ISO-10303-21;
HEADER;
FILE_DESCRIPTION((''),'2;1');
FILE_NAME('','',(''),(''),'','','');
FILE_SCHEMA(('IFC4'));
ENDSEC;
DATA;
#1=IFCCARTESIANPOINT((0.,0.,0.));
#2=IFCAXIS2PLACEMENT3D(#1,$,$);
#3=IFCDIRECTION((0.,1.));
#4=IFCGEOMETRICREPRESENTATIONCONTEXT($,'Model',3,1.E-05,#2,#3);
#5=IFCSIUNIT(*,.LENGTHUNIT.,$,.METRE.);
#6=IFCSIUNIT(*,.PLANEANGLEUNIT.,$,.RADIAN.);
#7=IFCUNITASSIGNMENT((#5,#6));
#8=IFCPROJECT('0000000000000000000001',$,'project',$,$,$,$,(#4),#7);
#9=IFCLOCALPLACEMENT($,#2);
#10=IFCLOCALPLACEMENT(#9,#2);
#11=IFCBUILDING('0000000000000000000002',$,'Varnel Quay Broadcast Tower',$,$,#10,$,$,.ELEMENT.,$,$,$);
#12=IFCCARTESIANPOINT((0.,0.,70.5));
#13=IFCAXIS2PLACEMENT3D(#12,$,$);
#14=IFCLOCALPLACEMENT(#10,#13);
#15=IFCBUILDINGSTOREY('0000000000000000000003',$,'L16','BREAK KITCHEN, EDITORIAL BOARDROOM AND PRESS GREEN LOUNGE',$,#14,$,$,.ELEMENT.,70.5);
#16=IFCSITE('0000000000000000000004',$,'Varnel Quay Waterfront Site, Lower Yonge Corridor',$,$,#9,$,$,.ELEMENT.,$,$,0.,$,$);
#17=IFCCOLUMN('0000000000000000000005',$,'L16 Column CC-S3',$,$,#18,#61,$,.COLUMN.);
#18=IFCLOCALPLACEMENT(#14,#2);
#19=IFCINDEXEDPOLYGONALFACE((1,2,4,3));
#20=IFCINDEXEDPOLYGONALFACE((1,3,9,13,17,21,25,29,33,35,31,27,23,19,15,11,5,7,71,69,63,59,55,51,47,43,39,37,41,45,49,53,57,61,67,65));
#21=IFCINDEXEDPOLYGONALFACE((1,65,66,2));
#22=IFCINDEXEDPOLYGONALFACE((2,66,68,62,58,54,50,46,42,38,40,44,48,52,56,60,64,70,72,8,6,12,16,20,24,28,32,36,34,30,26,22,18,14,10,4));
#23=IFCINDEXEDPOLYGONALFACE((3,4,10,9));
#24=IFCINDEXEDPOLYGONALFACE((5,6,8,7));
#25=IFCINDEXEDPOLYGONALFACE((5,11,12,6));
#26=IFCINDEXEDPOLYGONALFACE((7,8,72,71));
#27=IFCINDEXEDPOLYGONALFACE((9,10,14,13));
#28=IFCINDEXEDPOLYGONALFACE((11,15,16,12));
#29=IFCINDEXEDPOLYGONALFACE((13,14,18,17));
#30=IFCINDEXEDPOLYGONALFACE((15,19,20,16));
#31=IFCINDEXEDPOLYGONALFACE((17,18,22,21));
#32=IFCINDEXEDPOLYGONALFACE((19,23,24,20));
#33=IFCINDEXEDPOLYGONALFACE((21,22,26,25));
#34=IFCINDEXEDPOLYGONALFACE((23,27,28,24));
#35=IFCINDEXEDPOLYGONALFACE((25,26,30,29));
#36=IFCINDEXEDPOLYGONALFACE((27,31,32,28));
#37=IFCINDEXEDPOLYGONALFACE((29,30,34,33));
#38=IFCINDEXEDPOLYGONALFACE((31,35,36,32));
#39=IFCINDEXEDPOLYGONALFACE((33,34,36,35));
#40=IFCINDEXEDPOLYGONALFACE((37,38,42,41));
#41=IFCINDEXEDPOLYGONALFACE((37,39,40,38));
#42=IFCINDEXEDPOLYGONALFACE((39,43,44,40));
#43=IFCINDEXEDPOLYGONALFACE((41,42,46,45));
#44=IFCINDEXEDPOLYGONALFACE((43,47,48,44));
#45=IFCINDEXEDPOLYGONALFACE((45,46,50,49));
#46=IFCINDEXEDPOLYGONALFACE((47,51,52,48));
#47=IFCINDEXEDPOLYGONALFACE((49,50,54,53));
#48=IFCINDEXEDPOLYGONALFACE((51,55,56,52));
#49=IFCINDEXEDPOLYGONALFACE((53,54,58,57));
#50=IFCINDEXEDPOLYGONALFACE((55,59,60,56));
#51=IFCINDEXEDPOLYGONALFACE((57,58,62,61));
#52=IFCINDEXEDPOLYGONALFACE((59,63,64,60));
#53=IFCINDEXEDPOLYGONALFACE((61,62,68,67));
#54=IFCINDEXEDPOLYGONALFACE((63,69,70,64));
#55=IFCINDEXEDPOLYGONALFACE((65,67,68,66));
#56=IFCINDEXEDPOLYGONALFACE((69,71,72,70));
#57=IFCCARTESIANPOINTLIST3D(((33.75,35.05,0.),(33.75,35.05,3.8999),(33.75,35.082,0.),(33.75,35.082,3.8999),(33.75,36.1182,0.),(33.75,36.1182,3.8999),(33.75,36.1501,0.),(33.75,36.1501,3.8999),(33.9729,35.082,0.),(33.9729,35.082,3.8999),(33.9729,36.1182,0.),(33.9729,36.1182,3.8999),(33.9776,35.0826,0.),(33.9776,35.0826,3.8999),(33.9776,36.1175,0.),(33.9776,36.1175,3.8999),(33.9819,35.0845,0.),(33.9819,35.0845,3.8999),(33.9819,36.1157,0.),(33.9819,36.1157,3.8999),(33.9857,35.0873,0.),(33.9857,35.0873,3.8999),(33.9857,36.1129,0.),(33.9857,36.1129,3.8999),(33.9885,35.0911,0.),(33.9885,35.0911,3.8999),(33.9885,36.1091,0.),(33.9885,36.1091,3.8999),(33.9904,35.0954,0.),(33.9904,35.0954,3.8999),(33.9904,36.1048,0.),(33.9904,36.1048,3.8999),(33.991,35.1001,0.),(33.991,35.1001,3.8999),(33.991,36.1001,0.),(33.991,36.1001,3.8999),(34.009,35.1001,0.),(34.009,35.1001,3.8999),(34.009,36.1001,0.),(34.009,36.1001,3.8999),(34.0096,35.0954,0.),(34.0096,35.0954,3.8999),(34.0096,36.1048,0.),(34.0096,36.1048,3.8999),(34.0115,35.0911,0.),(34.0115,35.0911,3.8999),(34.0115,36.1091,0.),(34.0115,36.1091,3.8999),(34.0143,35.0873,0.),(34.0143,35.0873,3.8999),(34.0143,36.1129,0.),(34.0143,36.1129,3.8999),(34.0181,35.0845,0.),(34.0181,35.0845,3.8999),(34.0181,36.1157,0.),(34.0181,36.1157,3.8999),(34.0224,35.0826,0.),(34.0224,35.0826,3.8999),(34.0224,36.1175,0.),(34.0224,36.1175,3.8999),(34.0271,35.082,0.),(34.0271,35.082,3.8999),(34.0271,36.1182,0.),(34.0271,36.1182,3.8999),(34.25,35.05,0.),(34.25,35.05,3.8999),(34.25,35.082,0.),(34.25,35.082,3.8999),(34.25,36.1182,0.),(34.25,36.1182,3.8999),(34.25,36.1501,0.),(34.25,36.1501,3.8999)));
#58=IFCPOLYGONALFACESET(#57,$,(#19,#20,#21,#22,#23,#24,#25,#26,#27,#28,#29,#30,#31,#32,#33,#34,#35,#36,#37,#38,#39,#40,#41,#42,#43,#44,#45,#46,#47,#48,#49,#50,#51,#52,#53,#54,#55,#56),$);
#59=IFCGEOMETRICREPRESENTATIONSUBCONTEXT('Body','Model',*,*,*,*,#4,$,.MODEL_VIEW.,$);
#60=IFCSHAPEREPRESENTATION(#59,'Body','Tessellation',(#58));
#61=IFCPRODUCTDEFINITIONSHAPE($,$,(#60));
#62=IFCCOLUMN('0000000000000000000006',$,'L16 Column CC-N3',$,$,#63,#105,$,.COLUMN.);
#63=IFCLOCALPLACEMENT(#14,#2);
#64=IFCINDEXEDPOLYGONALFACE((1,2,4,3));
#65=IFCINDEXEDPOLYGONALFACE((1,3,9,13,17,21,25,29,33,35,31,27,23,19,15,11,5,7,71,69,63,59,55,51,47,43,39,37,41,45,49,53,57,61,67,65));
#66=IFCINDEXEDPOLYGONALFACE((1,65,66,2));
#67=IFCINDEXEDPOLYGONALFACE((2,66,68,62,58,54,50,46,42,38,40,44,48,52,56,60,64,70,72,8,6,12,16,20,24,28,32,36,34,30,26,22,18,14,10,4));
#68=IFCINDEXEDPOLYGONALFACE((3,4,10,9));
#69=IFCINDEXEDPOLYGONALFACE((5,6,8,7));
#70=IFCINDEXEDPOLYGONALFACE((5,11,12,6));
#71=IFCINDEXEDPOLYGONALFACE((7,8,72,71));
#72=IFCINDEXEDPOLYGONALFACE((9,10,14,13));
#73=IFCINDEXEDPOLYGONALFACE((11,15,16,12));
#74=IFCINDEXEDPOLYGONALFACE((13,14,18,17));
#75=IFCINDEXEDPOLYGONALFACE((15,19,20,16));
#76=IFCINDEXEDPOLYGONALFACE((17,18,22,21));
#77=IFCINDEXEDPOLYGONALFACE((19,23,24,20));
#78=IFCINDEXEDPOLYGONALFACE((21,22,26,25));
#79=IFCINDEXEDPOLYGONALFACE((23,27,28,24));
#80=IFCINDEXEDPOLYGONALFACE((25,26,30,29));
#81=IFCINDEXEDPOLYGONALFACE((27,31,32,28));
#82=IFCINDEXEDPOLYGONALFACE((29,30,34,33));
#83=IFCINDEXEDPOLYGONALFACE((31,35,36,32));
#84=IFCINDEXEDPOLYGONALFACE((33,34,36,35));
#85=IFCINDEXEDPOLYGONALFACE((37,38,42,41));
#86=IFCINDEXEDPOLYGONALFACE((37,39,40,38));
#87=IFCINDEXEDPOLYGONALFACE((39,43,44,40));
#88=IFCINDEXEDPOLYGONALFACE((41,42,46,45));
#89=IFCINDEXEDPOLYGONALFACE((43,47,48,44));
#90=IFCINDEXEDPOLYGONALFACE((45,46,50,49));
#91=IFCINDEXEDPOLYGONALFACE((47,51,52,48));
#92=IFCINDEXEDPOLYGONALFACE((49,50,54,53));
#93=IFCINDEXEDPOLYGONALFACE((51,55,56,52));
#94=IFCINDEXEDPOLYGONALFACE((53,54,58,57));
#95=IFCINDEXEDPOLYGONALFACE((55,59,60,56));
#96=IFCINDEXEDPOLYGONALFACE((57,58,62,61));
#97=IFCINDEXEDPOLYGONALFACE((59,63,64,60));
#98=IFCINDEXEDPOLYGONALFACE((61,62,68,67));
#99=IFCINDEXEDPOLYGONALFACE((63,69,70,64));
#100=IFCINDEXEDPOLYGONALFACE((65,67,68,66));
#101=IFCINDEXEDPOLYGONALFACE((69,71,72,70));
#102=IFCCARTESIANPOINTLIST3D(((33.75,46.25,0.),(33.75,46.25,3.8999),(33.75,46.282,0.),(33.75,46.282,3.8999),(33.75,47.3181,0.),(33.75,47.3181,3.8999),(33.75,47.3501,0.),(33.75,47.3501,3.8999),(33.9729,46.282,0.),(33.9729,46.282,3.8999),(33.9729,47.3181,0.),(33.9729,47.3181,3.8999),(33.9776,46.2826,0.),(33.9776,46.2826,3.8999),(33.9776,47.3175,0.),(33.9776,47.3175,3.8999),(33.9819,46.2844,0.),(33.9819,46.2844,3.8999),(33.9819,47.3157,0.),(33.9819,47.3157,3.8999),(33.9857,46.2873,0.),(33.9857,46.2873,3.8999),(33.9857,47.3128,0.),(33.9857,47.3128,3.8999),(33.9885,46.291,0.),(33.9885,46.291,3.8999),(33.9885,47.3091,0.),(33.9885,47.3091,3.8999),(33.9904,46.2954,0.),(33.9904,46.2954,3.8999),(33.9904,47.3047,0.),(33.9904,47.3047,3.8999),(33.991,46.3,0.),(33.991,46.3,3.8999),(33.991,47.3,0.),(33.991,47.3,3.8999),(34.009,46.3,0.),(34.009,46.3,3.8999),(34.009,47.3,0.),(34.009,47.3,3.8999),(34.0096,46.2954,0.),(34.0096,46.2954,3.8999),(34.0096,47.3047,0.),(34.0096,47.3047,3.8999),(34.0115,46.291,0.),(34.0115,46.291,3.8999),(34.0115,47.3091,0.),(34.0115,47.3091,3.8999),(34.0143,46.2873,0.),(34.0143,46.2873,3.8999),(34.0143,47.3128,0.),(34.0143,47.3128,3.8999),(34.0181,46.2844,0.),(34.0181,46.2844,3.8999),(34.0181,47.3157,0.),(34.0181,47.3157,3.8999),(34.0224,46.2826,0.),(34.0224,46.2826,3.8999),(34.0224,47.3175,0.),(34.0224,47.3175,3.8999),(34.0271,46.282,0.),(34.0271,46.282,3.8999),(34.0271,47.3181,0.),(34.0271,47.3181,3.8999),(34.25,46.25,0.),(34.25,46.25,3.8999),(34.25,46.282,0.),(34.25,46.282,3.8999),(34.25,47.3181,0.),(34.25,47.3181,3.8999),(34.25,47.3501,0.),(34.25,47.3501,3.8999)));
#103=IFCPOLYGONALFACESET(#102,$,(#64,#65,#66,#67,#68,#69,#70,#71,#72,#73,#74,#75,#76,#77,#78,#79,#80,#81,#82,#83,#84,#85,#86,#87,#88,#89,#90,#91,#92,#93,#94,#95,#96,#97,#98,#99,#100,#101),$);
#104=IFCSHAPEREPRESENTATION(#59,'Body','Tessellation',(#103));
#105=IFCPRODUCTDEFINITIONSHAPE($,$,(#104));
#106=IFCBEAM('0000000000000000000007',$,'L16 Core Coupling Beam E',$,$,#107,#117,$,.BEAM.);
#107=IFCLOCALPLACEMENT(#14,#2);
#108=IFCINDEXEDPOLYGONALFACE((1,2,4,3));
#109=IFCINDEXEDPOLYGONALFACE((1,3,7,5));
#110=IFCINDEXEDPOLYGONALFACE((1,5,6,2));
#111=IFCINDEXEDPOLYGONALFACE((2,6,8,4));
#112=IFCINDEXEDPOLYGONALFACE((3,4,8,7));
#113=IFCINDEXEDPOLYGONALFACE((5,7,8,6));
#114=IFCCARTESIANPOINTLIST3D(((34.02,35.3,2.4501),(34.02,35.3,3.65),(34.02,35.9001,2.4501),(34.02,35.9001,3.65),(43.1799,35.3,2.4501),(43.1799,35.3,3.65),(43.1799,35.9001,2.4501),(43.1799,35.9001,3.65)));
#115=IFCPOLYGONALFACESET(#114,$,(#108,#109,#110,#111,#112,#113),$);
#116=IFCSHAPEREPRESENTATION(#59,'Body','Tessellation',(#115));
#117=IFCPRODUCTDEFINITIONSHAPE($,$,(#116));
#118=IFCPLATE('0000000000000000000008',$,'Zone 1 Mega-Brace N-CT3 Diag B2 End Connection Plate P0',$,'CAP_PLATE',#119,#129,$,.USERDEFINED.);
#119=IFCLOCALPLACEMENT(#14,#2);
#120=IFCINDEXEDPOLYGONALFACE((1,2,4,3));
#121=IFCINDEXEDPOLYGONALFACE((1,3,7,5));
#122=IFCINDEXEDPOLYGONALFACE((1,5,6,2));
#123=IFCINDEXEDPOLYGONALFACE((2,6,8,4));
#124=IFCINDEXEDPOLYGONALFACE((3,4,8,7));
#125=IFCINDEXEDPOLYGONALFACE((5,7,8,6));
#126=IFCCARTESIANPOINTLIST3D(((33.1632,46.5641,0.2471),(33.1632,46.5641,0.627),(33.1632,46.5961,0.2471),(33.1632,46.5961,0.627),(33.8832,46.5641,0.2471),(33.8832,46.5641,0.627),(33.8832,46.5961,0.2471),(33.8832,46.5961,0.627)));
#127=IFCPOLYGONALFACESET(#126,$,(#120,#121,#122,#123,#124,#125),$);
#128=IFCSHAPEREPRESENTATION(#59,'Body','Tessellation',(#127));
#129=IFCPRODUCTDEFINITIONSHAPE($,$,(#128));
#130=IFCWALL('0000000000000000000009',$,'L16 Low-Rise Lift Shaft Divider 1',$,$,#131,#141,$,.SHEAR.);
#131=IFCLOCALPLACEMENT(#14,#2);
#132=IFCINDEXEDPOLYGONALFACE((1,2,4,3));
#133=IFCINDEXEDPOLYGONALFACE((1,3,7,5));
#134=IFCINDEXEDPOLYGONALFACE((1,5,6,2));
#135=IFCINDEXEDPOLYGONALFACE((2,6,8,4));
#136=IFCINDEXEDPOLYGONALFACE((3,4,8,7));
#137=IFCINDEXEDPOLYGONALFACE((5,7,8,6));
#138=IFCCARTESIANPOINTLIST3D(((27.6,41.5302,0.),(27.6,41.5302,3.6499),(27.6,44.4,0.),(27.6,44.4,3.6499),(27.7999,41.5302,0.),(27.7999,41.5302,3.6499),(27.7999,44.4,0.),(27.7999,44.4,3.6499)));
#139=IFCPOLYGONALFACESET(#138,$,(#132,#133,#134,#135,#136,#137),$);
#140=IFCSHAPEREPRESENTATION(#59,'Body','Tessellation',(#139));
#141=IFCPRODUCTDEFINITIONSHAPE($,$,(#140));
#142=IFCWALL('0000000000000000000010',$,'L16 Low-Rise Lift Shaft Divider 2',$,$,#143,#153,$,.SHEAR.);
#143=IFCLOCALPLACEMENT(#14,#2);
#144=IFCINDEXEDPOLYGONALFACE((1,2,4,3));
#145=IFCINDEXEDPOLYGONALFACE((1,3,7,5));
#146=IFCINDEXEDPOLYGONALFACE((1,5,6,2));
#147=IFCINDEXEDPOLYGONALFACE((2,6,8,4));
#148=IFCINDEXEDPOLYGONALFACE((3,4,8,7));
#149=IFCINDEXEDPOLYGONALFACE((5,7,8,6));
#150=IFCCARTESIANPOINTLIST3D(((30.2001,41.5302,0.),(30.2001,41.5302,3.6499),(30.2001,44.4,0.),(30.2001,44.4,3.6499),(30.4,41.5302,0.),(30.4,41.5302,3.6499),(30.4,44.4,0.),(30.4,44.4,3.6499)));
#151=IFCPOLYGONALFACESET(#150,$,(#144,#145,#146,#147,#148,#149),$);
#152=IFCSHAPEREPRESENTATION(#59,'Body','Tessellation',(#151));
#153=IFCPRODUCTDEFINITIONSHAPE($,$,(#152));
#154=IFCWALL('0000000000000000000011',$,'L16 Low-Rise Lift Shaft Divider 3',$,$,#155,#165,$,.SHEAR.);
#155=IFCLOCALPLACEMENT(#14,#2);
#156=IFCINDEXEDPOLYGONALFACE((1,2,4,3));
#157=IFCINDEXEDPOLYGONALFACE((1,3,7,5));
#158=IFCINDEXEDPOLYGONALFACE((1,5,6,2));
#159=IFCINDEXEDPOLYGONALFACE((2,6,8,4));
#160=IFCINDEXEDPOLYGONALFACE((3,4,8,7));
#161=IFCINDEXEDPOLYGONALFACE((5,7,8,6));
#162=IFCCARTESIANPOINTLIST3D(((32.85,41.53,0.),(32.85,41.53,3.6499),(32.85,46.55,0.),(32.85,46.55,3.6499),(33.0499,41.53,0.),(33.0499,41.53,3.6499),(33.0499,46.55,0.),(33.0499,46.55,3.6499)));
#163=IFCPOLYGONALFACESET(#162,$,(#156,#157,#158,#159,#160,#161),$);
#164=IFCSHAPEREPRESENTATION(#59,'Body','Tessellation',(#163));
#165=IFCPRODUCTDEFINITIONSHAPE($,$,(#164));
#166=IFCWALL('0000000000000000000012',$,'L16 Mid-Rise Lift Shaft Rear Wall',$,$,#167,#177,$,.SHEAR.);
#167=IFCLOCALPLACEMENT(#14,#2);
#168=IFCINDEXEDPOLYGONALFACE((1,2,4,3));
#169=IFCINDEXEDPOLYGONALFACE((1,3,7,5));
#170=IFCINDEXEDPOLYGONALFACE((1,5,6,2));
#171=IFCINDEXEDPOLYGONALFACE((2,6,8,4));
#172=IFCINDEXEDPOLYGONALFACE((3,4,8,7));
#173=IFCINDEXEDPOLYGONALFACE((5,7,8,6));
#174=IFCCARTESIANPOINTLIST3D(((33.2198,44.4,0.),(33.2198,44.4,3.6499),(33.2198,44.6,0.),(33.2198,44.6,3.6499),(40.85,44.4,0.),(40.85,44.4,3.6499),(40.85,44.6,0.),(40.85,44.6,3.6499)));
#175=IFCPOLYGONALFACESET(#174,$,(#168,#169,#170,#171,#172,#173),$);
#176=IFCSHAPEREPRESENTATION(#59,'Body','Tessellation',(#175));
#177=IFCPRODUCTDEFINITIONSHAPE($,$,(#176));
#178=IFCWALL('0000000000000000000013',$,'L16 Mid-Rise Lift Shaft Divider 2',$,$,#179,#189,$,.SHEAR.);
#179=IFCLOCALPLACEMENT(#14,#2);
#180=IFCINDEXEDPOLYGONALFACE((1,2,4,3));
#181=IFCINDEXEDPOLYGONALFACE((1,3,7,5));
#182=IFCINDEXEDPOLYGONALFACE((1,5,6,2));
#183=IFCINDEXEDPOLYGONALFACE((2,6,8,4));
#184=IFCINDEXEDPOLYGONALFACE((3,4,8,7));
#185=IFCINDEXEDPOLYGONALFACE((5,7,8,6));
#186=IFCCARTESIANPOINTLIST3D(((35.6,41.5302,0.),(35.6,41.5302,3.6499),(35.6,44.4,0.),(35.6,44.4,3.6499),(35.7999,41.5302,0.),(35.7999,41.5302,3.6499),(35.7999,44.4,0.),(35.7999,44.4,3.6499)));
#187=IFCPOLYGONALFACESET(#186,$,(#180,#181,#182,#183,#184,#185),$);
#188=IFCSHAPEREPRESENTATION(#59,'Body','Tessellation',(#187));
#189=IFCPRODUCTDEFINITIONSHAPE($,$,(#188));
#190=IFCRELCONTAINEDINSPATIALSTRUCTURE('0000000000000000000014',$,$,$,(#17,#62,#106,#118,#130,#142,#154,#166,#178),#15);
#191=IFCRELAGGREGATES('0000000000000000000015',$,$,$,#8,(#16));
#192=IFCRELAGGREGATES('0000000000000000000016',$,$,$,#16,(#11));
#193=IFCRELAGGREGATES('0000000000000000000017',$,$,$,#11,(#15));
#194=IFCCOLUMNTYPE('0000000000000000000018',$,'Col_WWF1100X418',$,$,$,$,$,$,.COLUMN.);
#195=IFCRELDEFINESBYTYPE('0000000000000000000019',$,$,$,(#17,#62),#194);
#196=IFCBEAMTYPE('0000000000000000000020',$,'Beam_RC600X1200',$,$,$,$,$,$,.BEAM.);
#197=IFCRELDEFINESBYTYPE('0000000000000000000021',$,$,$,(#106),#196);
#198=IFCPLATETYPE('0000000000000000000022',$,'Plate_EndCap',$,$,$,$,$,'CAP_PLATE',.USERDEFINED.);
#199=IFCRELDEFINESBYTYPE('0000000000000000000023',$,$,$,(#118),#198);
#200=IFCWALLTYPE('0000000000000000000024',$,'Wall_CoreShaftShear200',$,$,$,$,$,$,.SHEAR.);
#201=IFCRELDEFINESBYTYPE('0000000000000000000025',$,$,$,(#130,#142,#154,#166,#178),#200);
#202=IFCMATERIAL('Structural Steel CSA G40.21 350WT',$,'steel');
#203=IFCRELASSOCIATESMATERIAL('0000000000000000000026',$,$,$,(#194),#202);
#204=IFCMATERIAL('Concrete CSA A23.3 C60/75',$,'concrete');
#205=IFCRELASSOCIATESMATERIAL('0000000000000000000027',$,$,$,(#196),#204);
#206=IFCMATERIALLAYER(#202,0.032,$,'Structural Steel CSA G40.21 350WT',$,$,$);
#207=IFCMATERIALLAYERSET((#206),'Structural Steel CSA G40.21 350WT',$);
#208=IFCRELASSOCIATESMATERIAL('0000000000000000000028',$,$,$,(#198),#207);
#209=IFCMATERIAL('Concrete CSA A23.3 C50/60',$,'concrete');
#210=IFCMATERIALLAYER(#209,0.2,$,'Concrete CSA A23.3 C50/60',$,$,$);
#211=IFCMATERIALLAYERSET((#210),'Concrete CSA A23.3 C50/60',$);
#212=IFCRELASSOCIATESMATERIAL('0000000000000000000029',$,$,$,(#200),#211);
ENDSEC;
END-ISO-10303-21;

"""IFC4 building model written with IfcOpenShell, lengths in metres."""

from ifc_helpers import new_model, si_unit, direction, frame, frame_2d, origin, origin_2d, place, context, subcontext, project, spatial, rectangle, i_section, extrude, source, transform, mapped, material, layer, layer_set, material_profile, profile_set, type_object, type_shapes, element, save


model = new_model("IFC4")

# Units and contexts
model_context = context("Model", 3, precision=1e-05, world=origin(), true_north=direction((0.0, 1.0)))
body_context = subcontext(model_context, "Body", "Model", "MODEL_VIEW")
ifc_project = project(units=[si_unit("LENGTHUNIT", "METRE"), si_unit("PLANEANGLEUNIT", "RADIAN")], contexts=[model_context])

# Site, building, storey
site_placement = place(None, origin())
site = spatial("IfcSite", under=ifc_project, at=site_placement, Name="Varnel Quay Waterfront Site, Lower Yonge Corridor", CompositionType="ELEMENT", RefElevation=0.0)
building_placement = place(site_placement, origin())
building = spatial("IfcBuilding", under=site, at=building_placement, Name="Varnel Quay Broadcast Tower", CompositionType="ELEMENT")
storey_placement = place(building_placement, frame((0.0, 0.0, 70.5)))
storey = spatial("IfcBuildingStorey", under=building, at=storey_placement, Name="L16", Description="BREAK KITCHEN, EDITORIAL BOARDROOM AND PRESS GREEN LOUNGE", CompositionType="ELEMENT", Elevation=70.5)

# Columns
ifc_material_1 = material(Name="Structural Steel CSA G40.21 350WT", Category="steel")
ifc_material_profile_1 = material_profile(ifc_material_1, i_section(OverallWidth=0.5, OverallDepth=1.1001, WebThickness=0.0181, FlangeThickness=0.032, FilletRadius=0.0181, at=origin_2d()), Name="WWF1100X418")
ifc_profile_set_1 = profile_set([ifc_material_profile_1], Name="Structural Steel CSA G40.21 350WT")
column_type = type_object("IfcColumnType", Name="Col_WWF1100X418", PredefinedType="COLUMN", material=ifc_profile_set_1)
shared_shape_1 = source(origin(), body_context, "Body", "SweptSolid", [
    extrude(i_section(OverallWidth=0.5, OverallDepth=1.1001, WebThickness=0.0181, FlangeThickness=0.032, FilletRadius=0.0181, at=origin_2d()), origin(), (0.0, 0.0, 1.0), 3.8999),
])
type_shapes(column_type, [shared_shape_1])
for number, where, z_axis, x_axis, name in (
    (1, (34.0, 35.6001, 0.0), (0.0, 0.0, 1.0), (1.0, 0.0, 0.0), "L16 Column CC-S3"),
    (2, (34.0, 46.8, 0.0), (0.0, 0.0, 1.0), (1.0, 0.0, 0.0), "L16 Column CC-N3"),
):
    element("IfcColumn", number, at=place(storey_placement, frame(where, z_axis=z_axis, x_axis=x_axis)), inside=storey, type_object=column_type, Name=name, PredefinedType="COLUMN", context=body_context, shape_type="MappedRepresentation", body=[
        mapped(shared_shape_1, transform((0.0, 0.0, 0.0), x_axis=(1.0, 0.0, 0.0), y_axis=(0.0, 1.0, 0.0), z_axis=(0.0, 0.0, 1.0), scale=1.0)),
    ])

# Beam
ifc_material_2 = material(Name="Concrete CSA A23.3 C60/75", Category="concrete")
ifc_material_profile_2 = material_profile(ifc_material_2, rectangle(XDim=0.6001, YDim=1.2, at=origin_2d()), Name="RC600X1200")
ifc_profile_set_2 = profile_set([ifc_material_profile_2], Name="Concrete CSA A23.3 C60/75")
beam_type = type_object("IfcBeamType", Name="Beam_RC600X1200", PredefinedType="BEAM", material=ifc_profile_set_2)
shared_shape_2 = source(origin(), body_context, "Body", "SweptSolid", [
    extrude(rectangle(XDim=0.6001, YDim=1.2, at=origin_2d()), origin(), (0.0, 0.0, 1.0), 9.1599),
])
type_shapes(beam_type, [shared_shape_2])
beam_placement = place(storey_placement, frame((34.02, 35.6001, 3.05), z_axis=(1.0, 0.0, 0.0), x_axis=(0.0, 1.0, 0.0)))
element("IfcBeam", 3, at=beam_placement, inside=storey, type_object=beam_type, Name="L16 Core Coupling Beam E", PredefinedType="BEAM", context=body_context, shape_type="MappedRepresentation", body=[
    mapped(shared_shape_2, transform((0.0, 0.0, 0.0), x_axis=(1.0, 0.0, 0.0), y_axis=(0.0, 1.0, 0.0), z_axis=(0.0, 0.0, 1.0), scale=1.0)),
])

# Plate
ifc_layer_1 = layer(ifc_material_1, 0.032, Name="Structural Steel CSA G40.21 350WT")
ifc_layer_set_1 = layer_set([ifc_layer_1], Name="Structural Steel CSA G40.21 350WT")
plate_type = type_object("IfcPlateType", Name="Plate_EndCap", ElementType="CAP_PLATE", PredefinedType="USERDEFINED", material=ifc_layer_set_1)
shared_shape_3 = source(origin(), body_context, "Body", "SweptSolid", [
    extrude(rectangle(XDim=0.72, YDim=0.032, at=origin_2d()), origin(), (0.0, 0.0, 1.0), 0.3799),
])
type_shapes(plate_type, [shared_shape_3])
plate_placement = place(storey_placement, frame((33.5232, 46.5801, 0.2471), z_axis=(0.0, 0.0, 1.0), x_axis=(1.0, 0.0, 0.0)))
element("IfcPlate", 4, at=plate_placement, inside=storey, type_object=plate_type, Name="Zone 1 Mega-Brace N-CT3 Diag B2 End Connection Plate P0", ObjectType="CAP_PLATE", PredefinedType="USERDEFINED", context=body_context, shape_type="MappedRepresentation", body=[
    mapped(shared_shape_3, transform((0.0, 0.0, 0.0), x_axis=(1.0, 0.0, 0.0), y_axis=(0.0, 1.0, 0.0), z_axis=(0.0, 0.0, 1.0), scale=1.0)),
])

# Walls
ifc_material_3 = material(Name="Concrete CSA A23.3 C50/60", Category="concrete")
ifc_layer_2 = layer(ifc_material_3, 0.2, Name="Concrete CSA A23.3 C50/60")
ifc_layer_set_2 = layer_set([ifc_layer_2], Name="Concrete CSA A23.3 C50/60")
wall_type_1 = type_object("IfcWallType", Name="Wall_CoreShaftShear200", PredefinedType="SHEAR", material=ifc_layer_set_2)
for number, where, z_axis, x_axis, name in (
    (5, (27.7, 41.53, 0.0), (0.0, 0.0, 1.0), (0.0, 1.0, 0.0), "L16 Low-Rise Lift Shaft Divider 1"),
    (6, (30.3, 41.53, 0.0), (0.0, 0.0, 1.0), (0.0, 1.0, 0.0), "L16 Low-Rise Lift Shaft Divider 2"),
):
    element("IfcWall", number, at=place(storey_placement, frame(where, z_axis=z_axis, x_axis=x_axis)), inside=storey, type_object=wall_type_1, Name=name, PredefinedType="SHEAR", context=body_context, shape_type="SweptSolid", body=[
        extrude(rectangle(XDim=2.8699, YDim=0.2, at=frame_2d((1.4351, 0.0))), origin(), (0.0, 0.0, 1.0), 3.6499),
    ])
wall_1_placement = place(storey_placement, frame((32.95, 41.53, 0.0), z_axis=(0.0, 0.0, 1.0), x_axis=(0.0, 1.0, 0.0)))
element("IfcWall", 7, at=wall_1_placement, inside=storey, type_object=wall_type_1, Name="L16 Low-Rise Lift Shaft Divider 3", PredefinedType="SHEAR", context=body_context, shape_type="SweptSolid", body=[
    extrude(rectangle(XDim=5.02, YDim=0.2, at=frame_2d((2.51, 0.0))), origin(), (0.0, 0.0, 1.0), 3.6499),
])
wall_2_placement = place(storey_placement, frame((33.22, 44.5, 0.0), z_axis=(0.0, 0.0, 1.0), x_axis=(1.0, 0.0, 0.0)))
element("IfcWall", 8, at=wall_2_placement, inside=storey, type_object=wall_type_1, Name="L16 Mid-Rise Lift Shaft Rear Wall", PredefinedType="SHEAR", context=body_context, shape_type="SweptSolid", body=[
    extrude(rectangle(XDim=7.6301, YDim=0.2, at=frame_2d((3.8149, 0.0))), origin(), (0.0, 0.0, 1.0), 3.6499),
])
wall_3_placement = place(storey_placement, frame((35.7, 41.53, 0.0), z_axis=(0.0, 0.0, 1.0), x_axis=(0.0, 1.0, 0.0)))
element("IfcWall", 9, at=wall_3_placement, inside=storey, type_object=wall_type_1, Name="L16 Mid-Rise Lift Shaft Divider 2", PredefinedType="SHEAR", context=body_context, shape_type="SweptSolid", body=[
    extrude(rectangle(XDim=2.8699, YDim=0.2, at=frame_2d((1.4351, 0.0))), origin(), (0.0, 0.0, 1.0), 3.6499),
])

save(model, "model.ifc")
